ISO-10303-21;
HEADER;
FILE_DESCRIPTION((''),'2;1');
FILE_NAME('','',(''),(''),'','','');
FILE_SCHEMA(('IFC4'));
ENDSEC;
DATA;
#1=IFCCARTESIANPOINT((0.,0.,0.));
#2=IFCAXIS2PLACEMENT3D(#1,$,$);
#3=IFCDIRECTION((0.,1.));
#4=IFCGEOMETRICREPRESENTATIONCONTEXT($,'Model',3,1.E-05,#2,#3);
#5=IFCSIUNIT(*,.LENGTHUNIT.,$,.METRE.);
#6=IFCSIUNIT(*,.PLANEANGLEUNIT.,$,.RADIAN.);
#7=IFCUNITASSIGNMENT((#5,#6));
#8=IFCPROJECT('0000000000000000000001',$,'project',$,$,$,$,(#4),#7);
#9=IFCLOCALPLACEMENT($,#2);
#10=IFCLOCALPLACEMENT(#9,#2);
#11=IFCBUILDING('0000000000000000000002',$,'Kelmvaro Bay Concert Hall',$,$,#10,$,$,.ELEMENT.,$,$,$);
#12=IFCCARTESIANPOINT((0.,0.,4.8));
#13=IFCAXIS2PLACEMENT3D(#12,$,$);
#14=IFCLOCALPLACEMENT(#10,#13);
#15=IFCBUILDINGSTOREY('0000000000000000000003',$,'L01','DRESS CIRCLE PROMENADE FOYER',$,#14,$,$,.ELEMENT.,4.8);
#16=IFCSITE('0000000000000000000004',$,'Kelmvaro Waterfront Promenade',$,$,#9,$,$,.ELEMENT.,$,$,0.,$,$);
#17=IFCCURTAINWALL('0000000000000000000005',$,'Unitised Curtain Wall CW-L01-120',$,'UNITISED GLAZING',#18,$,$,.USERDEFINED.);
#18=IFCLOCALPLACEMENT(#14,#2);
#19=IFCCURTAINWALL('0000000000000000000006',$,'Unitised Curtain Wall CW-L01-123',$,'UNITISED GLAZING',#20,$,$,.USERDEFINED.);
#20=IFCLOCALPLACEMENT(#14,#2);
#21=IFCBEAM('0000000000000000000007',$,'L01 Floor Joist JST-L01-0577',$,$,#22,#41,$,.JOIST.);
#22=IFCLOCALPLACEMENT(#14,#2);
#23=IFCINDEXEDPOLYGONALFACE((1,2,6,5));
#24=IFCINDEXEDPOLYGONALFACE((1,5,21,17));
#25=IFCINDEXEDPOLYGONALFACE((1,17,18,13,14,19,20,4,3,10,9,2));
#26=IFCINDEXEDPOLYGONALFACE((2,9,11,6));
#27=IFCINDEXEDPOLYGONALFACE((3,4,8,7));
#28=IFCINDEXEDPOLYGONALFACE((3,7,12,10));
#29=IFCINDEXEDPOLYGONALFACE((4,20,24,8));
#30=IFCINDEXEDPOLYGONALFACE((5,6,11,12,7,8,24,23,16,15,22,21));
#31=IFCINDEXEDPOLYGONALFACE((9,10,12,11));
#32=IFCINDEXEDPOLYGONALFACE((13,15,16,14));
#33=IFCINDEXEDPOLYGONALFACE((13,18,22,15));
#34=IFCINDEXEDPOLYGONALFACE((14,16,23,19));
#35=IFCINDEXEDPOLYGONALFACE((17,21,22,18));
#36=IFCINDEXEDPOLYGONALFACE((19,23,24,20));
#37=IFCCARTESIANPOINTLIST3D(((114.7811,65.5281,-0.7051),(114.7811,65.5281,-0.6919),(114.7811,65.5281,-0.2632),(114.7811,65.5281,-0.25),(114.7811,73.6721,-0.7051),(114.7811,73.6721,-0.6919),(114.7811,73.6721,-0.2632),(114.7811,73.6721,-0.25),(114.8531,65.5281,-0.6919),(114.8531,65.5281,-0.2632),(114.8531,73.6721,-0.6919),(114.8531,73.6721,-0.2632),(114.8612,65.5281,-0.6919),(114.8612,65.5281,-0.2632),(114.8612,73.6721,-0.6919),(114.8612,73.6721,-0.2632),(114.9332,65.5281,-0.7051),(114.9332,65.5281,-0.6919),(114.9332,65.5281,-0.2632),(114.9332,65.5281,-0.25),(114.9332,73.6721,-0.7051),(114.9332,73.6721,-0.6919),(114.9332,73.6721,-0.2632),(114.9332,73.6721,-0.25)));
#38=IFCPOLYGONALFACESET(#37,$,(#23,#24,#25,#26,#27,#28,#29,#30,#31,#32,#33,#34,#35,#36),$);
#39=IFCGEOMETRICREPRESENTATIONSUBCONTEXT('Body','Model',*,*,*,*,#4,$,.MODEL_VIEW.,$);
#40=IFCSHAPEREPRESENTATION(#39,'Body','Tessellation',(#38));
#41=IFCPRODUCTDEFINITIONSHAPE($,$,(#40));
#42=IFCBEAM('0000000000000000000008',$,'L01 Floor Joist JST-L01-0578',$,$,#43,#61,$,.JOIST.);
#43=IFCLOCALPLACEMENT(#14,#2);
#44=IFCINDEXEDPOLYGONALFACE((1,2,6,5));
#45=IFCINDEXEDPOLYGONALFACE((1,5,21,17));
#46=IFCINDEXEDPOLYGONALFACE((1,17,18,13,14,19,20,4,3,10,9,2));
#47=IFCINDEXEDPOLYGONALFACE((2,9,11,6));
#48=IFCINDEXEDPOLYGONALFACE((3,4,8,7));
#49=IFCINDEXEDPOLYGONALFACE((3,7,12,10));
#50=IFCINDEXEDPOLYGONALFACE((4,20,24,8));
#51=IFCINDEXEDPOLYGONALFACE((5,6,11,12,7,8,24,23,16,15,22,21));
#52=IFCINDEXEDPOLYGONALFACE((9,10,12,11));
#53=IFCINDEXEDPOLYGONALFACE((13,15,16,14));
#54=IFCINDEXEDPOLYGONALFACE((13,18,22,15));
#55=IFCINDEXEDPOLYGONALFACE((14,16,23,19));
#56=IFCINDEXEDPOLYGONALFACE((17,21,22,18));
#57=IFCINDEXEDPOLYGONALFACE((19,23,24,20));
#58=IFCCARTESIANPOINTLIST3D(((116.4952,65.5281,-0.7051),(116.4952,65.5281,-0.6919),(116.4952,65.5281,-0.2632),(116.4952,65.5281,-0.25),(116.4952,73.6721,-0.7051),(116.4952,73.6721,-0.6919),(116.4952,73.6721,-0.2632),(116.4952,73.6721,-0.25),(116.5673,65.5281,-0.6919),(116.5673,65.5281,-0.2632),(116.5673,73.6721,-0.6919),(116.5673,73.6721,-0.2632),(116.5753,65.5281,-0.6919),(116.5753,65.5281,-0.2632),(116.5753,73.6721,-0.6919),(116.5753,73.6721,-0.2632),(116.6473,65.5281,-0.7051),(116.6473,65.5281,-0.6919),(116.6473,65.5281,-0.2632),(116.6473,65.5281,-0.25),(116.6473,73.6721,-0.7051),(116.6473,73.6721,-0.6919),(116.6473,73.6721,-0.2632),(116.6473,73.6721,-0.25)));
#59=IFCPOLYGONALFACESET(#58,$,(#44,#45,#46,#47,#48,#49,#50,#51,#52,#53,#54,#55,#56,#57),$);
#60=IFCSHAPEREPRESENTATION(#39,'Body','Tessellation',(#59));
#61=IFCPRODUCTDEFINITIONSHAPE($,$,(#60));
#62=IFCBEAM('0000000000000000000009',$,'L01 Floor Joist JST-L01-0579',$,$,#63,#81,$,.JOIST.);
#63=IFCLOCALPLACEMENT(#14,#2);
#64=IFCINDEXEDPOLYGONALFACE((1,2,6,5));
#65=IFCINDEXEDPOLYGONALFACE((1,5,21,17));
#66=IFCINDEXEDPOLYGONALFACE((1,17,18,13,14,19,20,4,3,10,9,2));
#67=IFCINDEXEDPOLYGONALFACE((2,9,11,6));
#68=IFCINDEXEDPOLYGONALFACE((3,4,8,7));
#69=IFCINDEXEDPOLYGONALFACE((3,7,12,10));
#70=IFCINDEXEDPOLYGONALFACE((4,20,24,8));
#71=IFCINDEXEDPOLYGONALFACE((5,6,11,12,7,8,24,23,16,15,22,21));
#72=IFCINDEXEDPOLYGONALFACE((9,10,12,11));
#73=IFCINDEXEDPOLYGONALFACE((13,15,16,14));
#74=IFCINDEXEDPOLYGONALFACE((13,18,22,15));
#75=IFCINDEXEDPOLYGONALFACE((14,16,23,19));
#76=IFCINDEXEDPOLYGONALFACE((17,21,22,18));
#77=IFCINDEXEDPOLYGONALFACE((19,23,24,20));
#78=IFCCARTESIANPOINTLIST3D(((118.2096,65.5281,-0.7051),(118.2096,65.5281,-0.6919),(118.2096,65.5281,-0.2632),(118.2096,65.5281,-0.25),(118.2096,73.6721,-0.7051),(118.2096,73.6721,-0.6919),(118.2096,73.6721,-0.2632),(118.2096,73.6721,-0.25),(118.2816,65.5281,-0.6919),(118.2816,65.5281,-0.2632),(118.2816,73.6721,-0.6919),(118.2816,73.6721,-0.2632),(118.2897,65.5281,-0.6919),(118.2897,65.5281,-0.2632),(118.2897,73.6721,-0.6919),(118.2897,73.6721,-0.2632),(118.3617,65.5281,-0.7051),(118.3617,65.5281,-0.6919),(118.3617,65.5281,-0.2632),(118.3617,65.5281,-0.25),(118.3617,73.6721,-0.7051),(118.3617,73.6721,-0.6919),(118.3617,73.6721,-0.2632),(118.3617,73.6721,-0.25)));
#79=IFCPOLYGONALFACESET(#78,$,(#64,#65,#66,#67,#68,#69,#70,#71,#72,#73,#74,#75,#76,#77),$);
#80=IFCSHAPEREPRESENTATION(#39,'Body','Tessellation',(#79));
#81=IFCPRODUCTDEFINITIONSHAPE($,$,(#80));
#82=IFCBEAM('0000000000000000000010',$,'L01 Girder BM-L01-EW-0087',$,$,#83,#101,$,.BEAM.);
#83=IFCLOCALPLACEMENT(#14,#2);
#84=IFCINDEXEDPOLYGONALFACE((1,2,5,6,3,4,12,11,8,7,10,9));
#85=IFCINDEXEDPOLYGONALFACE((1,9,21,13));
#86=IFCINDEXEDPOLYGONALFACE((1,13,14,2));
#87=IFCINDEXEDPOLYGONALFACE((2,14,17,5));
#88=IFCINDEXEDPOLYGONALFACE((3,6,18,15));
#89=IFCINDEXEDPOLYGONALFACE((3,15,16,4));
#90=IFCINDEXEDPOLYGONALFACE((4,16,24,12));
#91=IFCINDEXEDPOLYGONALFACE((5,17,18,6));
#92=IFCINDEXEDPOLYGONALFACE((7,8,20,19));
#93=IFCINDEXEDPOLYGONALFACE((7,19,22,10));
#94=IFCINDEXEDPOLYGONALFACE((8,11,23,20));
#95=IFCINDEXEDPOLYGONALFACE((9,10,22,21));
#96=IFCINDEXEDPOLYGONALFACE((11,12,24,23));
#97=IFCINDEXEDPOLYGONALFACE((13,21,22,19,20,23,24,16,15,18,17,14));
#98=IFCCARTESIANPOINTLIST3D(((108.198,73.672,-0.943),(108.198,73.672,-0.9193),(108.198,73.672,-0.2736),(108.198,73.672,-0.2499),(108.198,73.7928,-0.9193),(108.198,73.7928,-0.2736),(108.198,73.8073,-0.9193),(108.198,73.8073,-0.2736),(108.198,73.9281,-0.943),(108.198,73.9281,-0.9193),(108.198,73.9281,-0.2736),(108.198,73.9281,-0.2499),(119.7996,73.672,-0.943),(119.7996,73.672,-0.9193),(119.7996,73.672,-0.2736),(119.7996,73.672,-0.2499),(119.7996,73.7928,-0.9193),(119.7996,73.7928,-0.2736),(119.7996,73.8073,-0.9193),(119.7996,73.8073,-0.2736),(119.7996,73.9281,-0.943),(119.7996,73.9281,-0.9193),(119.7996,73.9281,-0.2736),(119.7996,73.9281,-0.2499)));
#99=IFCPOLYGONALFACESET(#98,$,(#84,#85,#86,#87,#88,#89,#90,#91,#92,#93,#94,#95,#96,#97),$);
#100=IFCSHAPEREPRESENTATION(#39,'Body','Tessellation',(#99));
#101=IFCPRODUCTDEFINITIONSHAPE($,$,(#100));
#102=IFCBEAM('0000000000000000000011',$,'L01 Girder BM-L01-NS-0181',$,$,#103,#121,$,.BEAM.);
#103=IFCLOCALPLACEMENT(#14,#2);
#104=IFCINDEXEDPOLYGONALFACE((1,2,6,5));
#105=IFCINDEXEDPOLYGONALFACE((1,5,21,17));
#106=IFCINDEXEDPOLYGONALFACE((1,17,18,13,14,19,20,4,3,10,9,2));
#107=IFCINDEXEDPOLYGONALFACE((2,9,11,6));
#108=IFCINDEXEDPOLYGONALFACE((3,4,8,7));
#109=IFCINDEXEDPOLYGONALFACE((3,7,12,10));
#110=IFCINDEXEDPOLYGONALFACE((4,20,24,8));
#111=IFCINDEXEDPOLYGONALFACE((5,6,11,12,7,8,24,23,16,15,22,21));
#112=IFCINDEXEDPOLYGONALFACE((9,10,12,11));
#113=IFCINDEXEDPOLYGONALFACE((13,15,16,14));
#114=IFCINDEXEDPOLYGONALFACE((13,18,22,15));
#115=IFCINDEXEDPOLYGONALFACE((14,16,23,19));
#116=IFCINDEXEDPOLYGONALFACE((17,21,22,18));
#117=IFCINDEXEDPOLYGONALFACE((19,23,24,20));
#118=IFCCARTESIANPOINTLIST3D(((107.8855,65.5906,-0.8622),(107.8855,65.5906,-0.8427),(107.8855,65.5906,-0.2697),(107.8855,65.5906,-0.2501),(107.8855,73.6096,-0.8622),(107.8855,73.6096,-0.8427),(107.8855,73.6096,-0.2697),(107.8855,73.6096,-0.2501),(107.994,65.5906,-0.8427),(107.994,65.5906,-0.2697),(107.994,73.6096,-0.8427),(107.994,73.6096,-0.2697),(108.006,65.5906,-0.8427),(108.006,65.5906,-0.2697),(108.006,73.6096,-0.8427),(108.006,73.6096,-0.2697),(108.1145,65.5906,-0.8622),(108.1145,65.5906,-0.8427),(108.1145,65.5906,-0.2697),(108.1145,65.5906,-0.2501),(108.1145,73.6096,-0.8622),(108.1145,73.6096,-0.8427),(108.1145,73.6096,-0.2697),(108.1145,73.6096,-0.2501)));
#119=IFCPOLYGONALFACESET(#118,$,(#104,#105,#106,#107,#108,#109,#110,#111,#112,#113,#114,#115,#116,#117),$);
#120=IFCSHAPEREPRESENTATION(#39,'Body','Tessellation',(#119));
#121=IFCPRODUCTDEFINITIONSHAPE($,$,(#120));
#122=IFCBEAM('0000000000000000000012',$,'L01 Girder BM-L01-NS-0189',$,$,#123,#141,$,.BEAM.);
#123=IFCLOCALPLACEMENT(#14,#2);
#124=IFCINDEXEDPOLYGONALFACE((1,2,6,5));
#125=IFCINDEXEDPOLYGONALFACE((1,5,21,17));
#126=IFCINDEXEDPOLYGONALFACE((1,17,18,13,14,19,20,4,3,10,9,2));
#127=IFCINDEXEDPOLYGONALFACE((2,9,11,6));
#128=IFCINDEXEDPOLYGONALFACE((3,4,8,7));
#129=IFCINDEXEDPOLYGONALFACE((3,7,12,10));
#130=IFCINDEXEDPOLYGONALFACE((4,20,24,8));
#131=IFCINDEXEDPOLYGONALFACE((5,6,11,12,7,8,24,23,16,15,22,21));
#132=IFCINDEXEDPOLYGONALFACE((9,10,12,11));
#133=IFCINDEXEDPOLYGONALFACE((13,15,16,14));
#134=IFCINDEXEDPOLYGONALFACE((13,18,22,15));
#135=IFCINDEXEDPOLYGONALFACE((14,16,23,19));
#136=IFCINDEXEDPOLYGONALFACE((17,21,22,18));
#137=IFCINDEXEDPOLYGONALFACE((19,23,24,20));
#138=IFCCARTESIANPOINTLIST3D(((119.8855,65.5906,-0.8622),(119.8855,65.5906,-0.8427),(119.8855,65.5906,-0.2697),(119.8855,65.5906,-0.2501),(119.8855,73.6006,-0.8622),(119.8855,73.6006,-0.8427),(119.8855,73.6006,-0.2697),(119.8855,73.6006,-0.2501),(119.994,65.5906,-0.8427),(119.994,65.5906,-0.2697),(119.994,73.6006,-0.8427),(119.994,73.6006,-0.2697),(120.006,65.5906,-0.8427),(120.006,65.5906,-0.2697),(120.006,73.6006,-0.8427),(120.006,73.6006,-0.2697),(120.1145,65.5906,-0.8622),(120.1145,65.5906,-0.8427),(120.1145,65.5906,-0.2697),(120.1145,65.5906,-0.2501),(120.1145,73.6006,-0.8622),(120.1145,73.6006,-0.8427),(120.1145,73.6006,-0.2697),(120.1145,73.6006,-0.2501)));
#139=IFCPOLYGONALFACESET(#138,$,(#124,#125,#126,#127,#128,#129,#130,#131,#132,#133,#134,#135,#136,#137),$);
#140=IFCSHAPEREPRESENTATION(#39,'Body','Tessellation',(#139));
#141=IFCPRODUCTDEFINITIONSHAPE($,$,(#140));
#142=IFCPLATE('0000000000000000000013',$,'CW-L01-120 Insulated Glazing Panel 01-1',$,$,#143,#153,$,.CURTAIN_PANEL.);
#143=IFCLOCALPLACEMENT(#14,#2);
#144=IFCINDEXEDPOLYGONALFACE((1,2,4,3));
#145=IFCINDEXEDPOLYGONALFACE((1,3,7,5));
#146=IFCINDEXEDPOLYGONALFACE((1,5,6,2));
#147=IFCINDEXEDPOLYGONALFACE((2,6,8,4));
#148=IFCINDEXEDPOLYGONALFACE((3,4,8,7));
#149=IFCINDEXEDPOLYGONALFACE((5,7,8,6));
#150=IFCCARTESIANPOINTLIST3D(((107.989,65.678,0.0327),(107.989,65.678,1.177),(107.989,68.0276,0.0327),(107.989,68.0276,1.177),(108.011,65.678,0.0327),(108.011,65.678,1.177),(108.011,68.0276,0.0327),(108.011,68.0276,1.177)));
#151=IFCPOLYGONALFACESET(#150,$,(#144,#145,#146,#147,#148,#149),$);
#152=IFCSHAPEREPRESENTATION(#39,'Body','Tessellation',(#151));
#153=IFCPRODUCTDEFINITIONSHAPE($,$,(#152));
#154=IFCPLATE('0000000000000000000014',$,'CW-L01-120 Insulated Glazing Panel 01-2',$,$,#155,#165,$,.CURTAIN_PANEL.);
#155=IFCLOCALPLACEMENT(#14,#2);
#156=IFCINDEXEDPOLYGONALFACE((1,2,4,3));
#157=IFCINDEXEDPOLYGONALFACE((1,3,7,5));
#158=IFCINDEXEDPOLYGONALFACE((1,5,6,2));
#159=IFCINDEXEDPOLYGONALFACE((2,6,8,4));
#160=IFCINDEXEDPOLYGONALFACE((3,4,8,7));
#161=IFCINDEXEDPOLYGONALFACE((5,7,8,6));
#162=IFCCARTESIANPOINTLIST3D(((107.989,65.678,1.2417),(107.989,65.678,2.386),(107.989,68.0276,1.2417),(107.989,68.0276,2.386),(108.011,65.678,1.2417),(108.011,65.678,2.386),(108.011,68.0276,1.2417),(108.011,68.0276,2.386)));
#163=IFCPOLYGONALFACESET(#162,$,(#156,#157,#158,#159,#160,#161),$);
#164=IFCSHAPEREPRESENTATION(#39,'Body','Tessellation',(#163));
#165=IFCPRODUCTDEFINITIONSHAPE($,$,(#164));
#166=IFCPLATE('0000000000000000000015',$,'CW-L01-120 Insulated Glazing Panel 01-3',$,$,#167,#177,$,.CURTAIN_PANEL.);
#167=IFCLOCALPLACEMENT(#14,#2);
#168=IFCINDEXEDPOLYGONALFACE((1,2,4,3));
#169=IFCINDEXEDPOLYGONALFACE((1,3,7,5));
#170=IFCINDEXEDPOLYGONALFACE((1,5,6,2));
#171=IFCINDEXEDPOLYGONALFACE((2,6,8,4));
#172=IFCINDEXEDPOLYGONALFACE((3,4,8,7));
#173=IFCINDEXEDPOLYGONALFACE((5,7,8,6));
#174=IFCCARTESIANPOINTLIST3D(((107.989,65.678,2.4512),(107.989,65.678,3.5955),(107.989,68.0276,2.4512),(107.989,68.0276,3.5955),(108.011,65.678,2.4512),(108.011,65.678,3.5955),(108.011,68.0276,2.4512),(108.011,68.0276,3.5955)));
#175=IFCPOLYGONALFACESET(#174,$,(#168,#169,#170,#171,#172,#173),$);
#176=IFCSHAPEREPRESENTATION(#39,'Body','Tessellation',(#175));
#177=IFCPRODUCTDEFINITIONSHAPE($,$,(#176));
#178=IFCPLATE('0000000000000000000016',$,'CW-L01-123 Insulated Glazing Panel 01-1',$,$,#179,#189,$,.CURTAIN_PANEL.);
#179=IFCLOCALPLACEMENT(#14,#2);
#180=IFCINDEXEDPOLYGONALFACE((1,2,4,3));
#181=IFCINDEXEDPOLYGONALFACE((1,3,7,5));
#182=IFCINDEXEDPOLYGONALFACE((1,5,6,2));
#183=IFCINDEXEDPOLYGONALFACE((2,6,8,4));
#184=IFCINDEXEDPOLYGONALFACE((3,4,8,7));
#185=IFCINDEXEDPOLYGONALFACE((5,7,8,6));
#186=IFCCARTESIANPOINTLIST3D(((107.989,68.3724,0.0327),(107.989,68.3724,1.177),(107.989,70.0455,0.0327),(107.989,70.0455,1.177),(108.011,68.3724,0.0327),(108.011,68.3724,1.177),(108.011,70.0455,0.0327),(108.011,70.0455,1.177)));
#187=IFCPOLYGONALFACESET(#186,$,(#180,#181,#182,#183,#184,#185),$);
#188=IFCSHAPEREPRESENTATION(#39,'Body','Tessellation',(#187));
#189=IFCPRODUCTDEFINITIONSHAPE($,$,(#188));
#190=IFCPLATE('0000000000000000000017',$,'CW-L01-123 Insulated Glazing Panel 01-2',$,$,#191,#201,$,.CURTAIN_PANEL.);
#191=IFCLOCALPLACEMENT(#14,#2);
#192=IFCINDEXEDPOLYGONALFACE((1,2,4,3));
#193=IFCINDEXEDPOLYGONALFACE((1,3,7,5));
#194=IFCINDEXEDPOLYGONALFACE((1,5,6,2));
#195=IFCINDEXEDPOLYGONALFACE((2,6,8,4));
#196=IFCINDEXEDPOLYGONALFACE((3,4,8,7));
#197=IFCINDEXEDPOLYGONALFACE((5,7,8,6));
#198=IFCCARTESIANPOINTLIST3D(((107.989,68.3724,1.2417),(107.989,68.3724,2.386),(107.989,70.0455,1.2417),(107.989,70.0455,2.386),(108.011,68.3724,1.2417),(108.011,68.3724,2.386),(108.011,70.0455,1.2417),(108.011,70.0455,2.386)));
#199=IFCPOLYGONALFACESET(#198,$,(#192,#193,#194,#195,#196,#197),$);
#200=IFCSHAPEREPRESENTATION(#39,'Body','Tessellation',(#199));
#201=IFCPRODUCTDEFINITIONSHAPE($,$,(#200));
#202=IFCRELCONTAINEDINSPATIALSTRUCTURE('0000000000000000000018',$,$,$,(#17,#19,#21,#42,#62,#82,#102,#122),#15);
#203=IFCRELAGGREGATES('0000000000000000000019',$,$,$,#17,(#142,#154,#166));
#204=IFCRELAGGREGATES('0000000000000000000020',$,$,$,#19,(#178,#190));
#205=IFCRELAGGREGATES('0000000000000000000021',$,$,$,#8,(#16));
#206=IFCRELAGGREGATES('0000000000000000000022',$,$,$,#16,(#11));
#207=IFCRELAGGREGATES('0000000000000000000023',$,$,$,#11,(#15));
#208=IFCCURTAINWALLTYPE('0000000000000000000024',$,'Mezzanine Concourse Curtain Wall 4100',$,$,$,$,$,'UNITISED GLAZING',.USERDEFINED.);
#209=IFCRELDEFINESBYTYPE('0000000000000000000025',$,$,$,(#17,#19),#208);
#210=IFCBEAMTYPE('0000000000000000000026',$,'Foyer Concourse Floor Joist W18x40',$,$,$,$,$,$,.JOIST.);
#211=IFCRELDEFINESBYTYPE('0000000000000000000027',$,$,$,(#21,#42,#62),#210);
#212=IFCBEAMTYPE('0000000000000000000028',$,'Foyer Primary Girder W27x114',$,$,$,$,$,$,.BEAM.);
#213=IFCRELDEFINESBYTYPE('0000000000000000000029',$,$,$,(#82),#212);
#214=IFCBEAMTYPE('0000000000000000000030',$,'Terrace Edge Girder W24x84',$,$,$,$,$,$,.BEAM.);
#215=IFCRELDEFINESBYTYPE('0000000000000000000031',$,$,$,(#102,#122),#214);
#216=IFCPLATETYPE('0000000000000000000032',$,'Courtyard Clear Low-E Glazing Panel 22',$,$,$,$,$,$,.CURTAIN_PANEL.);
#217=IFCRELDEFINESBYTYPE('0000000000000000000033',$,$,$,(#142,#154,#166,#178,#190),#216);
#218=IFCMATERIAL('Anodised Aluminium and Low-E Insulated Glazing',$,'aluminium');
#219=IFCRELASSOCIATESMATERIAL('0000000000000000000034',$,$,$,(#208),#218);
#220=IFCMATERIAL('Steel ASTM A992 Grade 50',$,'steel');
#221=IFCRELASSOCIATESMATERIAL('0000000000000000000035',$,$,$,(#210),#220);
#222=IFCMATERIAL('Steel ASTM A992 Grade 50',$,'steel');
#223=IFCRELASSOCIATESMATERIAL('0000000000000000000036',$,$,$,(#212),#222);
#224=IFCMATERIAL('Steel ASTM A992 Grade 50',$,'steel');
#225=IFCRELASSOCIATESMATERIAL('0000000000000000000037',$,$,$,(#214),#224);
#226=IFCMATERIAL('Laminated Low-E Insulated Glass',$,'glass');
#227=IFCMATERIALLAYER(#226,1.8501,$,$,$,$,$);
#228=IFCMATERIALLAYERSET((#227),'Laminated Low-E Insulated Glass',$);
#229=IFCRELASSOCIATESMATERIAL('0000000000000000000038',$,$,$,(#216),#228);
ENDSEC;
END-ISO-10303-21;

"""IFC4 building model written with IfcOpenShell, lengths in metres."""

from ifc_helpers import new_model, si_unit, direction, frame, origin, origin_2d, place, context, subcontext, project, spatial, rectangle, i_section, extrude, material, layer, layer_set, material_profile, profile_set, type_object, element, aggregate, save


model = new_model("IFC4")

# Units and contexts
model_context = context("Model", 3, precision=1e-05, world=origin(), true_north=direction((0.0, 1.0)))
body_context = subcontext(model_context, "Body", "Model", "MODEL_VIEW")
ifc_project = project(units=[si_unit("LENGTHUNIT", "METRE"), si_unit("PLANEANGLEUNIT", "RADIAN")], contexts=[model_context])

# Site, building, storey
site_placement = place(None, origin())
site = spatial("IfcSite", under=ifc_project, at=site_placement, Name="Kelmvaro Waterfront Promenade", CompositionType="ELEMENT", RefElevation=0.0)
building_placement = place(site_placement, origin())
building = spatial("IfcBuilding", under=site, at=building_placement, Name="Kelmvaro Bay Concert Hall", CompositionType="ELEMENT")
storey_placement = place(building_placement, frame((0.0, 0.0, 4.8)))
storey = spatial("IfcBuildingStorey", under=building, at=storey_placement, Name="L01", Description="DRESS CIRCLE PROMENADE FOYER", CompositionType="ELEMENT", Elevation=4.8)

# Curtain walls
ifc_material_1 = material(Name="Anodised Aluminium and Low-E Insulated Glazing", Category="aluminium")
curtain_wall_type = type_object("IfcCurtainWallType", Name="Mezzanine Concourse Curtain Wall 4100", ElementType="UNITISED GLAZING", PredefinedType="USERDEFINED", material=ifc_material_1)
curtain_wall_1_placement = place(storey_placement, origin())
curtain_wall_1 = element("IfcCurtainWall", 1, at=curtain_wall_1_placement, inside=storey, type_object=curtain_wall_type, Name="Unitised Curtain Wall CW-L01-120", ObjectType="UNITISED GLAZING", PredefinedType="USERDEFINED")
curtain_wall_2_placement = place(storey_placement, origin())
curtain_wall_2 = element("IfcCurtainWall", 2, at=curtain_wall_2_placement, inside=storey, type_object=curtain_wall_type, Name="Unitised Curtain Wall CW-L01-123", ObjectType="UNITISED GLAZING", PredefinedType="USERDEFINED")

# Beams
ifc_material_2 = material(Name="Steel ASTM A992 Grade 50", Category="steel")
ifc_material_profile_1 = material_profile(ifc_material_2, i_section(OverallWidth=0.1521, OverallDepth=0.4551, WebThickness=0.0081, FlangeThickness=0.0132, at=origin_2d()), Name="W18X40")
ifc_profile_set_1 = profile_set([ifc_material_profile_1], Name="Steel ASTM A992 Grade 50")
beam_type_1 = type_object("IfcBeamType", Name="Foyer Concourse Floor Joist W18x40", PredefinedType="JOIST", material=ifc_profile_set_1)
for number, where, z_axis, x_axis, name in (
    (3, (114.8572, 65.5281, -0.4775), (0.0, 1.0, 0.0), (-1.0, 0.0, 0.0), "L01 Floor Joist JST-L01-0577"),
    (4, (116.5713, 65.5281, -0.4775), (0.0, 1.0, 0.0), (-1.0, 0.0, 0.0), "L01 Floor Joist JST-L01-0578"),
    (5, (118.2856, 65.5281, -0.4775), (0.0, 1.0, 0.0), (-1.0, 0.0, 0.0), "L01 Floor Joist JST-L01-0579"),
):
    element("IfcBeam", number, at=place(storey_placement, frame(where, z_axis=z_axis, x_axis=x_axis)), inside=storey, type_object=beam_type_1, Name=name, PredefinedType="JOIST", context=body_context, shape_type="SweptSolid", body=[
        extrude(i_section(OverallWidth=0.1521, OverallDepth=0.4551, WebThickness=0.0081, FlangeThickness=0.0132, at=origin_2d()), origin(), (0.0, 0.0, 1.0), 8.144),
    ])
ifc_material_3 = material(Name="Steel ASTM A992 Grade 50", Category="steel")
ifc_material_profile_2 = material_profile(ifc_material_3, i_section(OverallWidth=0.2561, OverallDepth=0.6931, WebThickness=0.0144, FlangeThickness=0.0237, at=origin_2d()), Name="W27X114")
ifc_profile_set_2 = profile_set([ifc_material_profile_2], Name="Steel ASTM A992 Grade 50")
beam_type_2 = type_object("IfcBeamType", Name="Foyer Primary Girder W27x114", PredefinedType="BEAM", material=ifc_profile_set_2)
beam_1_placement = place(storey_placement, frame((108.198, 73.8, -0.5964), z_axis=(1.0, 0.0, 0.0), x_axis=(0.0, 1.0, 0.0)))
element("IfcBeam", 6, at=beam_1_placement, inside=storey, type_object=beam_type_2, Name="L01 Girder BM-L01-EW-0087", PredefinedType="BEAM", context=body_context, shape_type="SweptSolid", body=[
    extrude(i_section(OverallWidth=0.2561, OverallDepth=0.6931, WebThickness=0.0144, FlangeThickness=0.0237, at=origin_2d()), origin(), (0.0, 0.0, 1.0), 11.6016),
])
ifc_material_4 = material(Name="Steel ASTM A992 Grade 50", Category="steel")
ifc_material_profile_3 = material_profile(ifc_material_4, i_section(OverallWidth=0.229, OverallDepth=0.6121, WebThickness=0.012, FlangeThickness=0.0195, at=origin_2d()), Name="W24X84")
ifc_profile_set_3 = profile_set([ifc_material_profile_3], Name="Steel ASTM A992 Grade 50")
beam_type_3 = type_object("IfcBeamType", Name="Terrace Edge Girder W24x84", PredefinedType="BEAM", material=ifc_profile_set_3)
beam_2_placement = place(storey_placement, frame((108.0, 65.5906, -0.5562), z_axis=(0.0, 1.0, 0.0), x_axis=(-1.0, 0.0, 0.0)))
element("IfcBeam", 7, at=beam_2_placement, inside=storey, type_object=beam_type_3, Name="L01 Girder BM-L01-NS-0181", PredefinedType="BEAM", context=body_context, shape_type="SweptSolid", body=[
    extrude(i_section(OverallWidth=0.229, OverallDepth=0.6121, WebThickness=0.012, FlangeThickness=0.0195, at=origin_2d()), origin(), (0.0, 0.0, 1.0), 8.019),
])
beam_3_placement = place(storey_placement, frame((120.0, 65.5906, -0.5562), z_axis=(0.0, 1.0, 0.0), x_axis=(-1.0, 0.0, 0.0)))
element("IfcBeam", 8, at=beam_3_placement, inside=storey, type_object=beam_type_3, Name="L01 Girder BM-L01-NS-0189", PredefinedType="BEAM", context=body_context, shape_type="SweptSolid", body=[
    extrude(i_section(OverallWidth=0.229, OverallDepth=0.6121, WebThickness=0.012, FlangeThickness=0.0195, at=origin_2d()), origin(), (0.0, 0.0, 1.0), 8.01),
])

# Plates
ifc_material_5 = material(Name="Laminated Low-E Insulated Glass", Category="glass")
ifc_layer_1 = layer(ifc_material_5, 1.8501)
ifc_layer_set_1 = layer_set([ifc_layer_1], Name="Laminated Low-E Insulated Glass")
plate_type_1 = type_object("IfcPlateType", Name="Courtyard Clear Low-E Glazing Panel 22", PredefinedType="CURTAIN_PANEL", material=ifc_layer_set_1)
plate_1_placement = place(storey_placement, frame((108.0, 66.8528, 0.0327), z_axis=(0.0, 0.0, 1.0), x_axis=(0.0, 1.0, 0.0)))
plate_1 = element("IfcPlate", 9, at=plate_1_placement, type_object=plate_type_1, Name="CW-L01-120 Insulated Glazing Panel 01-1", PredefinedType="CURTAIN_PANEL", context=body_context, shape_type="SweptSolid", body=[
    extrude(rectangle(XDim=2.3496, YDim=0.022, at=origin_2d()), origin(), (0.0, 0.0, 1.0), 1.1443),
])
plate_2_placement = place(storey_placement, frame((108.0, 66.8528, 1.2417), z_axis=(0.0, 0.0, 1.0), x_axis=(0.0, 1.0, 0.0)))
plate_2 = element("IfcPlate", 10, at=plate_2_placement, type_object=plate_type_1, Name="CW-L01-120 Insulated Glazing Panel 01-2", PredefinedType="CURTAIN_PANEL", context=body_context, shape_type="SweptSolid", body=[
    extrude(rectangle(XDim=2.3496, YDim=0.022, at=origin_2d()), origin(), (0.0, 0.0, 1.0), 1.1443),
])
plate_3_placement = place(storey_placement, frame((108.0, 66.8528, 2.4512), z_axis=(0.0, 0.0, 1.0), x_axis=(0.0, 1.0, 0.0)))
plate_3 = element("IfcPlate", 11, at=plate_3_placement, type_object=plate_type_1, Name="CW-L01-120 Insulated Glazing Panel 01-3", PredefinedType="CURTAIN_PANEL", context=body_context, shape_type="SweptSolid", body=[
    extrude(rectangle(XDim=2.3496, YDim=0.022, at=origin_2d()), origin(), (0.0, 0.0, 1.0), 1.1443),
])
aggregate(curtain_wall_1, [plate_1, plate_2, plate_3])
plate_4_placement = place(storey_placement, frame((108.0, 69.209, 0.0327), z_axis=(0.0, 0.0, 1.0), x_axis=(0.0, 1.0, 0.0)))
plate_4 = element("IfcPlate", 12, at=plate_4_placement, type_object=plate_type_1, Name="CW-L01-123 Insulated Glazing Panel 01-1", PredefinedType="CURTAIN_PANEL", context=body_context, shape_type="SweptSolid", body=[
    extrude(rectangle(XDim=1.6731, YDim=0.022, at=origin_2d()), origin(), (0.0, 0.0, 1.0), 1.1443),
])
plate_5_placement = place(storey_placement, frame((108.0, 69.209, 1.2417), z_axis=(0.0, 0.0, 1.0), x_axis=(0.0, 1.0, 0.0)))
plate_5 = element("IfcPlate", 13, at=plate_5_placement, type_object=plate_type_1, Name="CW-L01-123 Insulated Glazing Panel 01-2", PredefinedType="CURTAIN_PANEL", context=body_context, shape_type="SweptSolid", body=[
    extrude(rectangle(XDim=1.6731, YDim=0.022, at=origin_2d()), origin(), (0.0, 0.0, 1.0), 1.1443),
])
aggregate(curtain_wall_2, [plate_4, plate_5])

save(model, "model.ifc")
